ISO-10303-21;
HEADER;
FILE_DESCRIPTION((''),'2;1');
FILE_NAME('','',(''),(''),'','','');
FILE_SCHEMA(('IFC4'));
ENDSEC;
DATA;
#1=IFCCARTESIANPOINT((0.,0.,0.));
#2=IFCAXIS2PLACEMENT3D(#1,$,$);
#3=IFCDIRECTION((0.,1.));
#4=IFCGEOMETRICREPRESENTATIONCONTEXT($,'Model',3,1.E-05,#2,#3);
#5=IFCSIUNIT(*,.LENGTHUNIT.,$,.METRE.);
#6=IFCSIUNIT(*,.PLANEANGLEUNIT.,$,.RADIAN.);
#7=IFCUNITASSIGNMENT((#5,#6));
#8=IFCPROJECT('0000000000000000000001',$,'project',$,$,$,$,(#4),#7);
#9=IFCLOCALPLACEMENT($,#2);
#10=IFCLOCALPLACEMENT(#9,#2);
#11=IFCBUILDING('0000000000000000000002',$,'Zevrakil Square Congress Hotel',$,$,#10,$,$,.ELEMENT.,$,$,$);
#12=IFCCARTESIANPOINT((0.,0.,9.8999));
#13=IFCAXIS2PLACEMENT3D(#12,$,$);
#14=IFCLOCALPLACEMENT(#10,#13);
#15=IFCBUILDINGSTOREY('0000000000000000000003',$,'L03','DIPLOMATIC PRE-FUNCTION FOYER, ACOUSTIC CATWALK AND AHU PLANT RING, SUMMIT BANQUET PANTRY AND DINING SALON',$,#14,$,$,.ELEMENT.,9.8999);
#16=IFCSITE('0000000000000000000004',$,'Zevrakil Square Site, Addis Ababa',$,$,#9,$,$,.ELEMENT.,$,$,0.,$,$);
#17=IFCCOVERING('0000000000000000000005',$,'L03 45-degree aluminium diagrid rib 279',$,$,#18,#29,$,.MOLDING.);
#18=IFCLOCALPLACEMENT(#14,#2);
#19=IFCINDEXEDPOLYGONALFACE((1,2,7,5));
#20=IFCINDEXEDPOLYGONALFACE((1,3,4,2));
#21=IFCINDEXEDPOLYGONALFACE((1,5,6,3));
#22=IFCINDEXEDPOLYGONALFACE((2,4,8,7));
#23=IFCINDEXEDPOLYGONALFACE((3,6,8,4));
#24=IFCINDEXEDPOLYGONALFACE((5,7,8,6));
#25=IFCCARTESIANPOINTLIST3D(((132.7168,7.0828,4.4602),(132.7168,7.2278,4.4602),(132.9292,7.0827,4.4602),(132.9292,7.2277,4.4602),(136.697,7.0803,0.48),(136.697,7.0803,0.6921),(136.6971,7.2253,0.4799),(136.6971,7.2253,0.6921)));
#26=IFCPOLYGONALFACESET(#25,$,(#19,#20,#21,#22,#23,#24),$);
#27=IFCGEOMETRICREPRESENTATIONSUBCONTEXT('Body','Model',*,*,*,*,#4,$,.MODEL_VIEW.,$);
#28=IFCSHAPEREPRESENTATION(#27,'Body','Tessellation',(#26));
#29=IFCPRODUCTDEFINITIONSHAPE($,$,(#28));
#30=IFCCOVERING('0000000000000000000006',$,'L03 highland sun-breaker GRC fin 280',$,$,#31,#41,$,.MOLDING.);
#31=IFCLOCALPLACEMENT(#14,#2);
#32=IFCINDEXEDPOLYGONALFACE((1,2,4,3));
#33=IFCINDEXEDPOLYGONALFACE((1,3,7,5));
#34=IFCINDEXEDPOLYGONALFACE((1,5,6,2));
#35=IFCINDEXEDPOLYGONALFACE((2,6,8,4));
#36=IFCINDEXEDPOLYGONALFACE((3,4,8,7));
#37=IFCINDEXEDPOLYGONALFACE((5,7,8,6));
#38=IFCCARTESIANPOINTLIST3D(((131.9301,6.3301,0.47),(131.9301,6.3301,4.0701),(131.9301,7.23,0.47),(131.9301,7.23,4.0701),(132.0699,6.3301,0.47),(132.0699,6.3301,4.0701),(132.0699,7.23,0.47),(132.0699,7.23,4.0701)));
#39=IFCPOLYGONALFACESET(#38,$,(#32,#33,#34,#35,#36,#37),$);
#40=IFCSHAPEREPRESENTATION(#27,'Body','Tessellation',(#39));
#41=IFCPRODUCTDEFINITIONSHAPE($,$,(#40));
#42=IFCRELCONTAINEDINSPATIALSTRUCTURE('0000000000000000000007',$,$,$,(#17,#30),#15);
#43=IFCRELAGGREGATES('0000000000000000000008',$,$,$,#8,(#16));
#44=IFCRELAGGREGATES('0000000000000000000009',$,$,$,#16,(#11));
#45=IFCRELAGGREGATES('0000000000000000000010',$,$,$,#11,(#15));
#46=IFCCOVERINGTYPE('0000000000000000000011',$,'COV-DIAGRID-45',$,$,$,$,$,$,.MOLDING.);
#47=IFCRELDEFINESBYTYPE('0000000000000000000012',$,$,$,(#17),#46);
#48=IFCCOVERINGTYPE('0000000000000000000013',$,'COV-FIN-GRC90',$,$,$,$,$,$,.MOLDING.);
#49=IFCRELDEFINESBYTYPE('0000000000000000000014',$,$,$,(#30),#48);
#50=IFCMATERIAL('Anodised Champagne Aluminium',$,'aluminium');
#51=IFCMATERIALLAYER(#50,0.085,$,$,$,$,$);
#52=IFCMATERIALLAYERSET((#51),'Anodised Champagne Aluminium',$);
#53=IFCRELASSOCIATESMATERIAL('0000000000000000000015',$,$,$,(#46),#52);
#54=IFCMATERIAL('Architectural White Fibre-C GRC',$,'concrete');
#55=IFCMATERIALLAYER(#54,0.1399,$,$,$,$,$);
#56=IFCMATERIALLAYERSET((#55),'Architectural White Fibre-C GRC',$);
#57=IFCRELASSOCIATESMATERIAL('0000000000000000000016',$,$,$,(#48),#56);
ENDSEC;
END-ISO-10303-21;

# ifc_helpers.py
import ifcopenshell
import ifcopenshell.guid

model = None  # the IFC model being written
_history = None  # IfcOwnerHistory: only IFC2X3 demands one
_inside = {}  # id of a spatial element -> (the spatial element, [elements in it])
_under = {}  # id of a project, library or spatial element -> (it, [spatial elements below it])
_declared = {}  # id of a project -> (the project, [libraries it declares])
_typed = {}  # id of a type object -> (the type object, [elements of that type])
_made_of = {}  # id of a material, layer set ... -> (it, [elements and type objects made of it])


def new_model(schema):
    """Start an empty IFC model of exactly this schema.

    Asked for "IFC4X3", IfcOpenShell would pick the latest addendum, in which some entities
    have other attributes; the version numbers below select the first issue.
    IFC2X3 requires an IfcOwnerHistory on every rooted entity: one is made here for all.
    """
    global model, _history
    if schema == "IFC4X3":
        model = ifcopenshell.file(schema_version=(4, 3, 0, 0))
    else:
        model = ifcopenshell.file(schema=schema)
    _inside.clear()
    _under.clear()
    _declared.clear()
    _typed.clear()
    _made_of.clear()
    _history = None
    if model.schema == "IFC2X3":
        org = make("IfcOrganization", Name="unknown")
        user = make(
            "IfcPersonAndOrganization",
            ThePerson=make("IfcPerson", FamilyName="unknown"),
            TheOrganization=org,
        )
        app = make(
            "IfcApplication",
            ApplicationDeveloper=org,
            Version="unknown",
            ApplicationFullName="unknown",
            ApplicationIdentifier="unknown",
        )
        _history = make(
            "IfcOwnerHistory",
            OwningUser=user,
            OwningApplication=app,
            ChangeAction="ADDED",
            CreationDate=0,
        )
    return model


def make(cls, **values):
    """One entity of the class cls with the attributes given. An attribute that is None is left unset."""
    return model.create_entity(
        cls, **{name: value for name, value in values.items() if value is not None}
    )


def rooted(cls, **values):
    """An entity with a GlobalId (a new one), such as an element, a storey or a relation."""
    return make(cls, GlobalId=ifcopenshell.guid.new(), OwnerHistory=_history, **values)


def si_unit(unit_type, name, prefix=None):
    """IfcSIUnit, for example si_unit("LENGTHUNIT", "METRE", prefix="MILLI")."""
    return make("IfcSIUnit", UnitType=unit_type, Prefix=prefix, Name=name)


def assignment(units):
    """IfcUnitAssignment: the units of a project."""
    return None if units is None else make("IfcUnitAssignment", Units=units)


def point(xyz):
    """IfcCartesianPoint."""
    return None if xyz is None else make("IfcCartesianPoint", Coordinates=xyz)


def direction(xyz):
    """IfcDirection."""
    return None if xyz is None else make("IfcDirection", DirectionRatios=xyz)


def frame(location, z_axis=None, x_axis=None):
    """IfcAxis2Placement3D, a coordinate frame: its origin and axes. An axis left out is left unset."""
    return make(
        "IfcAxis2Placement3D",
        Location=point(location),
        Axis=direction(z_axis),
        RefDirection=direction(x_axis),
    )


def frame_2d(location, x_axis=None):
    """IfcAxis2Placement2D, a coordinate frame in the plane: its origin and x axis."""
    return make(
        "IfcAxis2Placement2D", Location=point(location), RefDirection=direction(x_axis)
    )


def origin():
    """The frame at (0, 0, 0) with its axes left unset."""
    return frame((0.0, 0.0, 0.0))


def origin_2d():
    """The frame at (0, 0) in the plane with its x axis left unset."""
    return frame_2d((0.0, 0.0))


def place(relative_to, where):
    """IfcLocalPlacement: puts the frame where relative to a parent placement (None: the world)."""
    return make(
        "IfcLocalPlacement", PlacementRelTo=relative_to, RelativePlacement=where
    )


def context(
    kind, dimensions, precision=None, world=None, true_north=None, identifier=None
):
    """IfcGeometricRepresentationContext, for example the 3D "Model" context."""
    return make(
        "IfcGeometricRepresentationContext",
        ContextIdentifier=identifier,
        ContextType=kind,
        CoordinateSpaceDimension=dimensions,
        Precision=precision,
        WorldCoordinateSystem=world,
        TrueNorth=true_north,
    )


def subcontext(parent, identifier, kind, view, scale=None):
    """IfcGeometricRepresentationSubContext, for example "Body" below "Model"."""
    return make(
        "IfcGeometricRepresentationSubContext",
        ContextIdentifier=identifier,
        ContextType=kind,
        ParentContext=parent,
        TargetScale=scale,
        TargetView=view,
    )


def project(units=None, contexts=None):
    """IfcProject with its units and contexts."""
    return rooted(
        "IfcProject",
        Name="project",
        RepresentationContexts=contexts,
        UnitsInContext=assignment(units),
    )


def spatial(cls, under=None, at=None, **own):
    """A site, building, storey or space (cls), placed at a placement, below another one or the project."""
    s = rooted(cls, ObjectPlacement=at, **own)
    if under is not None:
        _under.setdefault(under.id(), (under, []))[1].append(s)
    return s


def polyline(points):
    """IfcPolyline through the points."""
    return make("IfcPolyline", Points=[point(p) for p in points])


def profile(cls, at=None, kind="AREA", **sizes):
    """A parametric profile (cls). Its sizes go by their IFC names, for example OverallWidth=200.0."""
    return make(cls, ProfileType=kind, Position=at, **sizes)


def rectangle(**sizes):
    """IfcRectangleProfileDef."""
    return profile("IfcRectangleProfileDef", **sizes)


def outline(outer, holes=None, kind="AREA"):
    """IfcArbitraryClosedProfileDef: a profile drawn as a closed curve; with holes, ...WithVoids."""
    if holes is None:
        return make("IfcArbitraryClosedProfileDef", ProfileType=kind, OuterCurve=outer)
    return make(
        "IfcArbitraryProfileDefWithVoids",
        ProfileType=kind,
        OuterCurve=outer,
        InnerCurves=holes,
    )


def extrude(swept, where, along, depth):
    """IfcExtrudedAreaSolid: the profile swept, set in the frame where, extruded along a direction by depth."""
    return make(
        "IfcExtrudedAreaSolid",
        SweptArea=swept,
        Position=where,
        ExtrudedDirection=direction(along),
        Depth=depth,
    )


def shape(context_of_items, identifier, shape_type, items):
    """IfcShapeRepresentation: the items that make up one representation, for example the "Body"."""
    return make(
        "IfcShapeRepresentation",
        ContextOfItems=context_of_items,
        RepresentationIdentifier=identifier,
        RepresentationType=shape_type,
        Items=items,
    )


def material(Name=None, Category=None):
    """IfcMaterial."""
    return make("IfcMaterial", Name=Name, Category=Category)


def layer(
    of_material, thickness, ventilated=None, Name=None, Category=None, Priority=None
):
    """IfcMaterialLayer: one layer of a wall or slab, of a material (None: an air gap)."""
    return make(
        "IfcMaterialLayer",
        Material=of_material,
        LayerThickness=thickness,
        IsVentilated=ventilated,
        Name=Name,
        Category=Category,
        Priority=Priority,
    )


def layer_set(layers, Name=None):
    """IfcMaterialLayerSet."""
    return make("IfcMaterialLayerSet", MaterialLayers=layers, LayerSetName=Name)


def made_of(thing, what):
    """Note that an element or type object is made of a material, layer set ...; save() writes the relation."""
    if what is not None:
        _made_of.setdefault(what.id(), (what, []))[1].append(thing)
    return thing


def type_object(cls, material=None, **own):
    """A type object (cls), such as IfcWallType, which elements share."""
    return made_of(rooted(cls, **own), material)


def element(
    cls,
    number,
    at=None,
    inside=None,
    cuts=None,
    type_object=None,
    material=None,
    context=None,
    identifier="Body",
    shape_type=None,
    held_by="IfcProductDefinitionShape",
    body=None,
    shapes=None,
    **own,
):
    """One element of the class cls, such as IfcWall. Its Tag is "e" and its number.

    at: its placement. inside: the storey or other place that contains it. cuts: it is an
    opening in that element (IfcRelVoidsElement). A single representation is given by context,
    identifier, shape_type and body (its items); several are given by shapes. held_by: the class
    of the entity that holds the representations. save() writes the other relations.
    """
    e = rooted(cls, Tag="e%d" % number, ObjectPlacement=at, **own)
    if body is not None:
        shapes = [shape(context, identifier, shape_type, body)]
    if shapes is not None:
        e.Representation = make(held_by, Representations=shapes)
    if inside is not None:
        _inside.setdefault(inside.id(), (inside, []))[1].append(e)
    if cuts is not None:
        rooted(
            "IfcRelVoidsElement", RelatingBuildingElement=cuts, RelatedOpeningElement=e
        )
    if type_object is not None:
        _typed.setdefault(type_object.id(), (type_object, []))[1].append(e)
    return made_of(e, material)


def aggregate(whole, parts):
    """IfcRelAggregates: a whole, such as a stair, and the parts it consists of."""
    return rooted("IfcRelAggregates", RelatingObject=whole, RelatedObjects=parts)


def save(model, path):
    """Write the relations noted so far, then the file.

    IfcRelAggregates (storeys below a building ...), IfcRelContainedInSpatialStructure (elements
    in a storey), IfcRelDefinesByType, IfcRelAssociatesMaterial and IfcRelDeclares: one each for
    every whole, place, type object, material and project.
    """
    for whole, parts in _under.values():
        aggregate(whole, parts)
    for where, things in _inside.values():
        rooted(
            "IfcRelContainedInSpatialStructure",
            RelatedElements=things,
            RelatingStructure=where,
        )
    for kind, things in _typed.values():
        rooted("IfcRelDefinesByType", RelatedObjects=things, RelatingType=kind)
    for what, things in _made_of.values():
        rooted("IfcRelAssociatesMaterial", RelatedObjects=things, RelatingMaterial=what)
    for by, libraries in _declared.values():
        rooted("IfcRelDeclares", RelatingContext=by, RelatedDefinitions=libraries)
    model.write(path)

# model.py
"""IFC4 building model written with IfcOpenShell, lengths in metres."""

from ifc_helpers import new_model, si_unit, direction, frame, origin, origin_2d, place, context, subcontext, project, spatial, polyline, rectangle, outline, extrude, material, layer, layer_set, type_object, element, save


model = new_model("IFC4")

# Units and contexts
model_context = context("Model", 3, precision=1e-05, world=origin(), true_north=direction((0.0, 1.0)))
body_context = subcontext(model_context, "Body", "Model", "MODEL_VIEW")
ifc_project = project(units=[si_unit("LENGTHUNIT", "METRE"), si_unit("PLANEANGLEUNIT", "RADIAN")], contexts=[model_context])

# Site, building, storey
site_placement = place(None, origin())
site = spatial("IfcSite", under=ifc_project, at=site_placement, Name="Zevrakil Square Site, Addis Ababa", CompositionType="ELEMENT", RefElevation=0.0)
building_placement = place(site_placement, origin())
building = spatial("IfcBuilding", under=site, at=building_placement, Name="Zevrakil Square Congress Hotel", CompositionType="ELEMENT")
storey_placement = place(building_placement, frame((0.0, 0.0, 9.8999)))
storey = spatial("IfcBuildingStorey", under=building, at=storey_placement, Name="L03", Description="DIPLOMATIC PRE-FUNCTION FOYER, ACOUSTIC CATWALK AND AHU PLANT RING, SUMMIT BANQUET PANTRY AND DINING SALON", CompositionType="ELEMENT", Elevation=9.8999)

# Coverings
ifc_material_1 = material(Name="Anodised Champagne Aluminium", Category="aluminium")
ifc_layer_1 = layer(ifc_material_1, 0.085)
ifc_layer_set_1 = layer_set([ifc_layer_1], Name="Anodised Champagne Aluminium")
covering_type_1 = type_object("IfcCoveringType", Name="COV-DIAGRID-45", PredefinedType="MOLDING", material=ifc_layer_set_1)
covering_1_placement = place(storey_placement, frame((132.7168, 7.0828, 4.4602), z_axis=(-0.000315, -1.0, 0.000315), x_axis=(1.0, -0.000315, 0.0)))
element("IfcCovering", 1, at=covering_1_placement, inside=storey, type_object=covering_type_1, Name="L03 45-degree aluminium diagrid rib 279", PredefinedType="MOLDING", context=body_context, shape_type="SweptSolid", body=[
    extrude(outline(polyline([(0.0, 0.0), (0.2124, 0.0), (3.9802, -3.7681), (3.9802, -3.9802), (0.0, 0.0)])), origin(), (0.0, 0.0, -1.0), 0.145),
])
ifc_material_2 = material(Name="Architectural White Fibre-C GRC", Category="concrete")
ifc_layer_2 = layer(ifc_material_2, 0.1399)
ifc_layer_set_2 = layer_set([ifc_layer_2], Name="Architectural White Fibre-C GRC")
covering_type_2 = type_object("IfcCoveringType", Name="COV-FIN-GRC90", PredefinedType="MOLDING", material=ifc_layer_set_2)
covering_2_placement = place(storey_placement, frame((132.0, 6.78, 0.47), z_axis=(0.0, 0.0, 1.0), x_axis=(0.0, -1.0, 0.0)))
element("IfcCovering", 2, at=covering_2_placement, inside=storey, type_object=covering_type_2, Name="L03 highland sun-breaker GRC fin 280", PredefinedType="MOLDING", context=body_context, shape_type="SweptSolid", body=[
    extrude(rectangle(XDim=0.8999, YDim=0.1399, at=origin_2d()), origin(), (0.0, 0.0, 1.0), 3.6001),
])

save(model, "model.ifc")
